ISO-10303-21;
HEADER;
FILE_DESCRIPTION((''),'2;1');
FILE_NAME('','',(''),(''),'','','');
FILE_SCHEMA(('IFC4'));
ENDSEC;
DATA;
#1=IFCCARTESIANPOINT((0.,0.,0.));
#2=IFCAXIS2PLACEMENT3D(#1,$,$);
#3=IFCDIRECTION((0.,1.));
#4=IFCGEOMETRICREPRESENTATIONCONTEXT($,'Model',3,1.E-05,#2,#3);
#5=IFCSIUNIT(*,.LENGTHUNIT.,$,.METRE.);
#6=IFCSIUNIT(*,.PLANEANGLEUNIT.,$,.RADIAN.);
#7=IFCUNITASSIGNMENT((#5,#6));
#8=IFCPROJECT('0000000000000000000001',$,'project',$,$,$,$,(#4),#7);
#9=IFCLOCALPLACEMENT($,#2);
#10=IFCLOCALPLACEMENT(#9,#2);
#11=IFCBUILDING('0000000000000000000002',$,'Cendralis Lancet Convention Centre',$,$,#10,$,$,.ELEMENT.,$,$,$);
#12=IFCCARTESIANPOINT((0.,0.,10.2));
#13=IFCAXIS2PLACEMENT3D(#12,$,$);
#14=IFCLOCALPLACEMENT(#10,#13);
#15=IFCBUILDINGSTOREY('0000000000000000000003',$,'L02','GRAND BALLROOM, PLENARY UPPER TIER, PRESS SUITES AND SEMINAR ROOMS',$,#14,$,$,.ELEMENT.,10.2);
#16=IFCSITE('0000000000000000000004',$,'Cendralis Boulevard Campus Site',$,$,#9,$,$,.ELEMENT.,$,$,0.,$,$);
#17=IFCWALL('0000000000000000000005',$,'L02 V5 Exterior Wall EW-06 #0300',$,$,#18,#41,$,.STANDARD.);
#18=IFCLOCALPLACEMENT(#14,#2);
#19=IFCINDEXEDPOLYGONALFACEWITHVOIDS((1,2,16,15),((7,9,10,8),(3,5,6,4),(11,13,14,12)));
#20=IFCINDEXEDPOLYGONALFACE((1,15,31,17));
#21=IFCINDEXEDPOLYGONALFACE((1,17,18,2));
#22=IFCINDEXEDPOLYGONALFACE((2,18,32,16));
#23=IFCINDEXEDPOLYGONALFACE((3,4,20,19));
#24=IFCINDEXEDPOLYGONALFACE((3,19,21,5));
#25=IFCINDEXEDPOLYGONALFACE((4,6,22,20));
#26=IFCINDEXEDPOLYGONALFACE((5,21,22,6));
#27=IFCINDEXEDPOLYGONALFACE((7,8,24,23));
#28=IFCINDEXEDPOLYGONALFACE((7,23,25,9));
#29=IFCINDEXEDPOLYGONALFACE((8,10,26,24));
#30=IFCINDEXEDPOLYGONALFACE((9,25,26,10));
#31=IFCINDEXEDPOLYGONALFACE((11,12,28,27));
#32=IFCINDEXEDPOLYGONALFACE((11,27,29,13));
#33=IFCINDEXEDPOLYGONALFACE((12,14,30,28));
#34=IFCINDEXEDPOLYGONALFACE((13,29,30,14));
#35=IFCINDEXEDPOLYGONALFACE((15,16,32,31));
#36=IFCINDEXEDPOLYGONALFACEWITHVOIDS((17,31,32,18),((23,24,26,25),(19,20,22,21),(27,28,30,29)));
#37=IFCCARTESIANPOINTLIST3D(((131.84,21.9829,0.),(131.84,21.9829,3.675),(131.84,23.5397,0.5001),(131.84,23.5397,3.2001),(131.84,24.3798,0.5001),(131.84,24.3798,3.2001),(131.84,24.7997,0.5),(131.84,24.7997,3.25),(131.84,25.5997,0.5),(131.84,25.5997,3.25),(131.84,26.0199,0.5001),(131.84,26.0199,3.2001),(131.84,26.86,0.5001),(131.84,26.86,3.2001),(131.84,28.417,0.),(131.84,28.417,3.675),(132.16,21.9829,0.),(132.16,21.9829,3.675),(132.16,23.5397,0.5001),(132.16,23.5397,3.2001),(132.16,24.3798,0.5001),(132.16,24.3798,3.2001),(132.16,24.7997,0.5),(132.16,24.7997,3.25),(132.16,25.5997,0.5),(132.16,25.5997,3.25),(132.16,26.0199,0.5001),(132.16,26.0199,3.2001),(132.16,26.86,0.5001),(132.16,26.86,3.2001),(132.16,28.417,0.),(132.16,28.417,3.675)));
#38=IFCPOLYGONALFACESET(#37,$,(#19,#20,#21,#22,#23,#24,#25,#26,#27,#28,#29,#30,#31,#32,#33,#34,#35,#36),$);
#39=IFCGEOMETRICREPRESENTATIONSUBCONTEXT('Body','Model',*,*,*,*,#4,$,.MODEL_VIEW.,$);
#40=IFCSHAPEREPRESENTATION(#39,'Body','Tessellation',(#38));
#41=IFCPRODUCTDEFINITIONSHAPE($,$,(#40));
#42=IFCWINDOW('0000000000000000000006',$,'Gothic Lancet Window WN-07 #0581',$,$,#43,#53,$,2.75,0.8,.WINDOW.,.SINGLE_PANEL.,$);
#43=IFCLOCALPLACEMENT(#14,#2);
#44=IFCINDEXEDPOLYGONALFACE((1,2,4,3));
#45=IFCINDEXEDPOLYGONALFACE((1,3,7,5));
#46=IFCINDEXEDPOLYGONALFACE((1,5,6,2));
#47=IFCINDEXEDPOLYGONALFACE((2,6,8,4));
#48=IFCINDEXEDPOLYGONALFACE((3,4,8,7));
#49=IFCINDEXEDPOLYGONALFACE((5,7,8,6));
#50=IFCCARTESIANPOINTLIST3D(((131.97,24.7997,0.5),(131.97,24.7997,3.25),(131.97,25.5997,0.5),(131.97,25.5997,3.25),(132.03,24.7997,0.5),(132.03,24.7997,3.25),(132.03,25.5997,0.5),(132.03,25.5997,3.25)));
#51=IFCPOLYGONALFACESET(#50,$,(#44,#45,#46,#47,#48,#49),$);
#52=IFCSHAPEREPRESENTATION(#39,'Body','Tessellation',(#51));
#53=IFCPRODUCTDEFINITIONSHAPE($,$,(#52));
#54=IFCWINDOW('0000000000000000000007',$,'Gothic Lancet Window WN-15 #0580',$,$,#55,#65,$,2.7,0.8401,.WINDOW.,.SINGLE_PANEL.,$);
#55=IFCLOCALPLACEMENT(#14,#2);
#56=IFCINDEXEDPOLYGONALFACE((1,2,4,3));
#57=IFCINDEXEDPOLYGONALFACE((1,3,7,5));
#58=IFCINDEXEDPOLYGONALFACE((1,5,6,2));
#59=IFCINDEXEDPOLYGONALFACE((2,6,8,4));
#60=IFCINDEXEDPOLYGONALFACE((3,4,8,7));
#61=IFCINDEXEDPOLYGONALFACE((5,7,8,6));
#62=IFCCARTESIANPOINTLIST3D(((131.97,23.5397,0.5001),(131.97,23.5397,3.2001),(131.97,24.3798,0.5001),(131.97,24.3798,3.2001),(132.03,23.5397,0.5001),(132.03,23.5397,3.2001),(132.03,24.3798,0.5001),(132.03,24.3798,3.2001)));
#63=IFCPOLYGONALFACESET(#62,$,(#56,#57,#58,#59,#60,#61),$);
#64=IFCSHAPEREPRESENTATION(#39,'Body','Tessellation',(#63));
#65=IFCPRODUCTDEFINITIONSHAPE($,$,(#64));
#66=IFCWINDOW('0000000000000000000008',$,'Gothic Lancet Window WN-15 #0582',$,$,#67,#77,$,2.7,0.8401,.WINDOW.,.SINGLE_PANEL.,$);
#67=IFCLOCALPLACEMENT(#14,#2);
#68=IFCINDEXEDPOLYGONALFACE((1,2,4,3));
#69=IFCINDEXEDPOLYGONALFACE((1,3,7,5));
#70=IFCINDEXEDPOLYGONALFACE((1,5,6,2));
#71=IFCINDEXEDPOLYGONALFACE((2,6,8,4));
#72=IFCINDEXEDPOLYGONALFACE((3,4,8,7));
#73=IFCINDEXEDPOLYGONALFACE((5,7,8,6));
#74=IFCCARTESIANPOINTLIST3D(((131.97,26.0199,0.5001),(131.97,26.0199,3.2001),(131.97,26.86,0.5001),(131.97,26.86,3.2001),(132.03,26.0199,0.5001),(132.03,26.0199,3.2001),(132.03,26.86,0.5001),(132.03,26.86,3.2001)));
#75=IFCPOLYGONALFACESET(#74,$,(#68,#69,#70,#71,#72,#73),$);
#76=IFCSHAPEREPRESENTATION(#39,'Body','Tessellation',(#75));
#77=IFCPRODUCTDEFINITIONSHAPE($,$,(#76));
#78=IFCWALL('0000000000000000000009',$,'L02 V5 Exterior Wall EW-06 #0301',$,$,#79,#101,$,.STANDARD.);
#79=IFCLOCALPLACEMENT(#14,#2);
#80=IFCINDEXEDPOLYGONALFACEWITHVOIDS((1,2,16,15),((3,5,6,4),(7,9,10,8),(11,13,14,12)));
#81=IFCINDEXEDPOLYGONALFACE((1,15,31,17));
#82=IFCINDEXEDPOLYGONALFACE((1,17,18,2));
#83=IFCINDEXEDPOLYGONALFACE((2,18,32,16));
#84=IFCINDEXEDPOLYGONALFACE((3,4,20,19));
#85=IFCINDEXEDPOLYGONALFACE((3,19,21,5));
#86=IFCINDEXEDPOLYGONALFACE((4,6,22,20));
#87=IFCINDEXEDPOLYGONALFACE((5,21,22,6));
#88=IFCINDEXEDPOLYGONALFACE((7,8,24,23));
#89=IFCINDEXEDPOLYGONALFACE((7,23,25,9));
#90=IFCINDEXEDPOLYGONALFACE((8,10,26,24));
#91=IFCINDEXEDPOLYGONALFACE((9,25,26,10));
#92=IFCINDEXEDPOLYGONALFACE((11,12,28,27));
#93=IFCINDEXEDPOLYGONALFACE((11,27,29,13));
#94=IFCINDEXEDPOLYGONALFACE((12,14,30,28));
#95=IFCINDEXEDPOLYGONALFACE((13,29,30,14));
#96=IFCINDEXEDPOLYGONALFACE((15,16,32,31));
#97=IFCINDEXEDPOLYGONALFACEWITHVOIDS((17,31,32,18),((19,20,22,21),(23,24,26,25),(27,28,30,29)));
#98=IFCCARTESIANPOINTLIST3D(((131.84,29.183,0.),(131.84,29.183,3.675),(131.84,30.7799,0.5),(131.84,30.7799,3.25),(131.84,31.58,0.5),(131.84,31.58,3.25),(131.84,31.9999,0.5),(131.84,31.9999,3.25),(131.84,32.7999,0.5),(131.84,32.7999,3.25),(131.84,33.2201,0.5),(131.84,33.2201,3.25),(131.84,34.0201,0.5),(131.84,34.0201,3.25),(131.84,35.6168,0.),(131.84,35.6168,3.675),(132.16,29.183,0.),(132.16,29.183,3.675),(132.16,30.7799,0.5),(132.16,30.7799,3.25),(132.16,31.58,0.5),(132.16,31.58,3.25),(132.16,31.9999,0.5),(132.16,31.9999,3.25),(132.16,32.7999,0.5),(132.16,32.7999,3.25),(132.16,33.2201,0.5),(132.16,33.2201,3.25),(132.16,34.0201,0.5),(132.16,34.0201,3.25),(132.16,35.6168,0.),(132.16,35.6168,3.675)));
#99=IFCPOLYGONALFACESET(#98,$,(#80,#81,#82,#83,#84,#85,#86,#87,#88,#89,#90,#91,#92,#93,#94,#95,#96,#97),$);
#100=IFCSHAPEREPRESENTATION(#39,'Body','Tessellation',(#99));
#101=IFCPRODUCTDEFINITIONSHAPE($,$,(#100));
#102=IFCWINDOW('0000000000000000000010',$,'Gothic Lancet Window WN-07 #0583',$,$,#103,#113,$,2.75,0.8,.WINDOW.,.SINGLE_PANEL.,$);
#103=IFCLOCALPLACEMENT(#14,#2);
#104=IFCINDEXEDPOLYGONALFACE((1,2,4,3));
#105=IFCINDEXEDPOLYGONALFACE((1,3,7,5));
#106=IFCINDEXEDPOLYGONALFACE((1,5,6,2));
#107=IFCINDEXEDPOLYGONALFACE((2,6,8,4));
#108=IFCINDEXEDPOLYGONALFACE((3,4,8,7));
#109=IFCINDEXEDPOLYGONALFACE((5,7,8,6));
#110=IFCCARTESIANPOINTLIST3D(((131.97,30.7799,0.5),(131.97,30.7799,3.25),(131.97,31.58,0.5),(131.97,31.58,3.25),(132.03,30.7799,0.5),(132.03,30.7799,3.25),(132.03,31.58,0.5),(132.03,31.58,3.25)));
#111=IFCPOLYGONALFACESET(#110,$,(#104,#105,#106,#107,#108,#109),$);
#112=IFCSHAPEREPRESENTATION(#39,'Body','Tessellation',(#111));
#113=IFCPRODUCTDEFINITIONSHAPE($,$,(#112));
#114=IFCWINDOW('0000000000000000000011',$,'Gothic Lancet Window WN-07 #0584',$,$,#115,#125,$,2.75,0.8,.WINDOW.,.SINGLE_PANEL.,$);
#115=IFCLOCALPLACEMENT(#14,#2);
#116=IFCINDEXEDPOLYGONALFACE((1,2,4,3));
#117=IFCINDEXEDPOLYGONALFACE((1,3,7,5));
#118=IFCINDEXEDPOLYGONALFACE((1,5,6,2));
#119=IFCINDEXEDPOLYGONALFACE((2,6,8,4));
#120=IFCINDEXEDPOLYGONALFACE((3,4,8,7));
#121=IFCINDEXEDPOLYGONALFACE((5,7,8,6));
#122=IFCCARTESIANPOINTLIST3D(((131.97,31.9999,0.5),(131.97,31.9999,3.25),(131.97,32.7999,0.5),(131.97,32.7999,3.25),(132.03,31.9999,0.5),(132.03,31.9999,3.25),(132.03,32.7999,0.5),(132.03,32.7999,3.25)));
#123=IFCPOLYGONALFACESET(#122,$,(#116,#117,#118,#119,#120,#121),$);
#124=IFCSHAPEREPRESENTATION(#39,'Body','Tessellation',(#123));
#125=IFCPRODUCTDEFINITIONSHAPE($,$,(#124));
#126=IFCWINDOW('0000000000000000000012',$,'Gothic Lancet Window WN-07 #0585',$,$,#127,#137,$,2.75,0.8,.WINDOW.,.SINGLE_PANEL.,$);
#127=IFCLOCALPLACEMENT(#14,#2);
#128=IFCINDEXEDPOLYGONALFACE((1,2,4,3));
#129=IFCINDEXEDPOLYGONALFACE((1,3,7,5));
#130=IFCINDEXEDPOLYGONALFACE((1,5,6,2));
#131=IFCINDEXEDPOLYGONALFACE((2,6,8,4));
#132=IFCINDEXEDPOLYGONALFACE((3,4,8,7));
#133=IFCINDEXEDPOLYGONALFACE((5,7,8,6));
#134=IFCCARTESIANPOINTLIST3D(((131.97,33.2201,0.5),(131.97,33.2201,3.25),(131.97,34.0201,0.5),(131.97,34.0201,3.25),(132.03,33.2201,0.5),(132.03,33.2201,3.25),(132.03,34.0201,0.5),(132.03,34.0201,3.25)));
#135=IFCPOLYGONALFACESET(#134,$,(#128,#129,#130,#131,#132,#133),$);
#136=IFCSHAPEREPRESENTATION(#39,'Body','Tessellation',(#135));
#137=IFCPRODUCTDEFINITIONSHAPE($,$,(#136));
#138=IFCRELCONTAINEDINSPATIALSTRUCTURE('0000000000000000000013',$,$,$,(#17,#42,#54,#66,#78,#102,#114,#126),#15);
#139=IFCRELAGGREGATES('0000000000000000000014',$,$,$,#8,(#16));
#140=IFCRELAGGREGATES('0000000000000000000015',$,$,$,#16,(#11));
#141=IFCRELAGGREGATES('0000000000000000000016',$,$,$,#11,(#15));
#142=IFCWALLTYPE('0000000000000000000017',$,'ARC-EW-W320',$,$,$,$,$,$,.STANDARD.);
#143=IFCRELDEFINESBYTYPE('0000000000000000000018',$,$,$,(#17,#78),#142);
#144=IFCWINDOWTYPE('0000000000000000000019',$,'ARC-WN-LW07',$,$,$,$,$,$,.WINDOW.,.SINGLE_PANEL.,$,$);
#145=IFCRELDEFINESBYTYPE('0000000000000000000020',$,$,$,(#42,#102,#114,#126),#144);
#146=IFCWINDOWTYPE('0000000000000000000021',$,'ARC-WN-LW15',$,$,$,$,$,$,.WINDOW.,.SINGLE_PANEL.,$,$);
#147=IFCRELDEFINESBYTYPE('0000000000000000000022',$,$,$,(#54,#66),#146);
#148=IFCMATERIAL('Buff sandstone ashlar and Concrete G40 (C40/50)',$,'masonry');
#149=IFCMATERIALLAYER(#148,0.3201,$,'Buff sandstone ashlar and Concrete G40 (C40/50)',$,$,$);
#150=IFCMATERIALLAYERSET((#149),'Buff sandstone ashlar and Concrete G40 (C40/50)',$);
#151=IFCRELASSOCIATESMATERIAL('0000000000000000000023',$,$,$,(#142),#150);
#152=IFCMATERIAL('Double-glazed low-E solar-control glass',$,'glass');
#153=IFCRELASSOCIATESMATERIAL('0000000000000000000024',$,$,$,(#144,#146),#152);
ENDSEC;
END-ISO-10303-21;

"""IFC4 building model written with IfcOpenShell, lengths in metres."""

from ifc_helpers import new_model, si_unit, direction, frame, frame_2d, origin, place, context, subcontext, project, spatial, rectangle, extrude, material, layer, layer_set, type_object, element, fill, save


model = new_model("IFC4")

# Units and contexts
model_context = context("Model", 3, precision=1e-05, world=origin(), true_north=direction((0.0, 1.0)))
body_context = subcontext(model_context, "Body", "Model", "MODEL_VIEW")
ifc_project = project(units=[si_unit("LENGTHUNIT", "METRE"), si_unit("PLANEANGLEUNIT", "RADIAN")], contexts=[model_context])

# Site, building, storey
site_placement = place(None, origin())
site = spatial("IfcSite", under=ifc_project, at=site_placement, Name="Cendralis Boulevard Campus Site", CompositionType="ELEMENT", RefElevation=0.0)
building_placement = place(site_placement, origin())
building = spatial("IfcBuilding", under=site, at=building_placement, Name="Cendralis Lancet Convention Centre", CompositionType="ELEMENT")
storey_placement = place(building_placement, frame((0.0, 0.0, 10.2)))
storey = spatial("IfcBuildingStorey", under=building, at=storey_placement, Name="L02", Description="GRAND BALLROOM, PLENARY UPPER TIER, PRESS SUITES AND SEMINAR ROOMS", CompositionType="ELEMENT", Elevation=10.2)

# Shared definitions
ifc_material_1 = material(Name="Double-glazed low-E solar-control glass", Category="glass")

# Shared definitions
ifc_material_2 = material(Name="Buff sandstone ashlar and Concrete G40 (C40/50)", Category="masonry")
ifc_layer_1 = layer(ifc_material_2, 0.3201, Name="Buff sandstone ashlar and Concrete G40 (C40/50)")
ifc_layer_set_1 = layer_set([ifc_layer_1], Name="Buff sandstone ashlar and Concrete G40 (C40/50)")
wall_type_1 = type_object("IfcWallType", Name="ARC-EW-W320", PredefinedType="STANDARD", material=ifc_layer_set_1)

# Walls, openings, windows
wall_1_placement = place(storey_placement, frame((132.0, 21.9829, 0.0), z_axis=(0.0, 0.0, 1.0), x_axis=(0.0, 1.0, 0.0)))
wall_1 = element("IfcWall", 1, at=wall_1_placement, inside=storey, type_object=wall_type_1, Name="L02 V5 Exterior Wall EW-06 #0300", PredefinedType="STANDARD", context=body_context, shape_type="SweptSolid", body=[
    extrude(rectangle(XDim=6.4341, YDim=0.3201, at=frame_2d((3.217, 0.0))), origin(), (0.0, 0.0, 1.0), 3.675),
])
opening_1_placement = place(wall_1_placement, frame((1.5569, 0.0, 0.5)))
opening_1 = element("IfcOpeningElement", 2, at=opening_1_placement, cuts=wall_1, PredefinedType="OPENING", context=body_context, shape_type="SweptSolid", body=[
    extrude(rectangle(XDim=0.8401, YDim=2.7, at=frame_2d((0.4199, 1.3501))), frame((0.0, 0.1699, 0.0), z_axis=(0.0, -1.0, 0.0), x_axis=(1.0, 0.0, 0.0)), (0.0, 0.0, 1.0), 0.3401),
])
opening_2_placement = place(wall_1_placement, frame((2.8169, 0.0, 0.5)))
opening_2 = element("IfcOpeningElement", 3, at=opening_2_placement, cuts=wall_1, PredefinedType="OPENING", context=body_context, shape_type="SweptSolid", body=[
    extrude(rectangle(XDim=0.8, YDim=2.75, at=frame_2d((0.3999, 1.375))), frame((0.0, 0.1699, 0.0), z_axis=(0.0, -1.0, 0.0), x_axis=(1.0, 0.0, 0.0)), (0.0, 0.0, 1.0), 0.3401),
])
opening_3_placement = place(wall_1_placement, frame((4.0371, 0.0, 0.5)))
opening_3 = element("IfcOpeningElement", 4, at=opening_3_placement, cuts=wall_1, PredefinedType="OPENING", context=body_context, shape_type="SweptSolid", body=[
    extrude(rectangle(XDim=0.8401, YDim=2.7, at=frame_2d((0.4199, 1.3501))), frame((0.0, 0.1699, 0.0), z_axis=(0.0, -1.0, 0.0), x_axis=(1.0, 0.0, 0.0)), (0.0, 0.0, 1.0), 0.3401),
])
window_type_1 = type_object("IfcWindowType", Name="ARC-WN-LW07", PartitioningType="SINGLE_PANEL", PredefinedType="WINDOW", material=ifc_material_1)
window_1_placement = place(opening_2_placement, origin())
window_1 = element("IfcWindow", 5, at=window_1_placement, inside=storey, type_object=window_type_1, Name="Gothic Lancet Window WN-07 #0581", OverallHeight=2.75, OverallWidth=0.8, PartitioningType="SINGLE_PANEL", PredefinedType="WINDOW", context=body_context, shape_type="SweptSolid", body=[
    extrude(rectangle(XDim=0.8, YDim=2.75, at=frame_2d((0.3999, 1.375))), frame((0.0, 0.03, 0.0), z_axis=(0.0, -1.0, 0.0), x_axis=(1.0, 0.0, 0.0)), (0.0, 0.0, 1.0), 0.0601),
])
fill(opening_2, window_1)
window_type_2 = type_object("IfcWindowType", Name="ARC-WN-LW15", PartitioningType="SINGLE_PANEL", PredefinedType="WINDOW", material=ifc_material_1)
window_2_placement = place(opening_1_placement, origin())
window_2 = element("IfcWindow", 6, at=window_2_placement, inside=storey, type_object=window_type_2, Name="Gothic Lancet Window WN-15 #0580", OverallHeight=2.7, OverallWidth=0.8401, PartitioningType="SINGLE_PANEL", PredefinedType="WINDOW", context=body_context, shape_type="SweptSolid", body=[
    extrude(rectangle(XDim=0.8401, YDim=2.7, at=frame_2d((0.4199, 1.3501))), frame((0.0, 0.03, 0.0), z_axis=(0.0, -1.0, 0.0), x_axis=(1.0, 0.0, 0.0)), (0.0, 0.0, 1.0), 0.0601),
])
fill(opening_1, window_2)
window_3_placement = place(opening_3_placement, origin())
window_3 = element("IfcWindow", 7, at=window_3_placement, inside=storey, type_object=window_type_2, Name="Gothic Lancet Window WN-15 #0582", OverallHeight=2.7, OverallWidth=0.8401, PartitioningType="SINGLE_PANEL", PredefinedType="WINDOW", context=body_context, shape_type="SweptSolid", body=[
    extrude(rectangle(XDim=0.8401, YDim=2.7, at=frame_2d((0.4199, 1.3501))), frame((0.0, 0.03, 0.0), z_axis=(0.0, -1.0, 0.0), x_axis=(1.0, 0.0, 0.0)), (0.0, 0.0, 1.0), 0.0601),
])
fill(opening_3, window_3)
wall_2_placement = place(storey_placement, frame((132.0, 29.1831, 0.0), z_axis=(0.0, 0.0, 1.0), x_axis=(0.0, 1.0, 0.0)))
wall_2 = element("IfcWall", 8, at=wall_2_placement, inside=storey, type_object=wall_type_1, Name="L02 V5 Exterior Wall EW-06 #0301", PredefinedType="STANDARD", context=body_context, shape_type="SweptSolid", body=[
    extrude(rectangle(XDim=6.4338, YDim=0.3201, at=frame_2d((3.2168, 0.0))), origin(), (0.0, 0.0, 1.0), 3.675),
])
opening_4_placement = place(wall_2_placement, frame((1.5969, 0.0, 0.5)))
opening_4 = element("IfcOpeningElement", 9, at=opening_4_placement, cuts=wall_2, PredefinedType="OPENING", context=body_context, shape_type="SweptSolid", body=[
    extrude(rectangle(XDim=0.8, YDim=2.75, at=frame_2d((0.3999, 1.375))), frame((0.0, 0.1699, 0.0), z_axis=(0.0, -1.0, 0.0), x_axis=(1.0, 0.0, 0.0)), (0.0, 0.0, 1.0), 0.3401),
])
opening_5_placement = place(wall_2_placement, frame((2.8169, 0.0, 0.5)))
opening_5 = element("IfcOpeningElement", 10, at=opening_5_placement, cuts=wall_2, PredefinedType="OPENING", context=body_context, shape_type="SweptSolid", body=[
    extrude(rectangle(XDim=0.8, YDim=2.75, at=frame_2d((0.3999, 1.375))), frame((0.0, 0.1699, 0.0), z_axis=(0.0, -1.0, 0.0), x_axis=(1.0, 0.0, 0.0)), (0.0, 0.0, 1.0), 0.3401),
])
opening_6_placement = place(wall_2_placement, frame((4.0371, 0.0, 0.5)))
opening_6 = element("IfcOpeningElement", 11, at=opening_6_placement, cuts=wall_2, PredefinedType="OPENING", context=body_context, shape_type="SweptSolid", body=[
    extrude(rectangle(XDim=0.8, YDim=2.75, at=frame_2d((0.3999, 1.375))), frame((0.0, 0.1699, 0.0), z_axis=(0.0, -1.0, 0.0), x_axis=(1.0, 0.0, 0.0)), (0.0, 0.0, 1.0), 0.3401),
])
window_4_placement = place(opening_4_placement, origin())
window_4 = element("IfcWindow", 12, at=window_4_placement, inside=storey, type_object=window_type_1, Name="Gothic Lancet Window WN-07 #0583", OverallHeight=2.75, OverallWidth=0.8, PartitioningType="SINGLE_PANEL", PredefinedType="WINDOW", context=body_context, shape_type="SweptSolid", body=[
    extrude(rectangle(XDim=0.8, YDim=2.75, at=frame_2d((0.3999, 1.375))), frame((0.0, 0.03, 0.0), z_axis=(0.0, -1.0, 0.0), x_axis=(1.0, 0.0, 0.0)), (0.0, 0.0, 1.0), 0.0601),
])
fill(opening_4, window_4)
window_5_placement = place(opening_5_placement, origin())
window_5 = element("IfcWindow", 13, at=window_5_placement, inside=storey, type_object=window_type_1, Name="Gothic Lancet Window WN-07 #0584", OverallHeight=2.75, OverallWidth=0.8, PartitioningType="SINGLE_PANEL", PredefinedType="WINDOW", context=body_context, shape_type="SweptSolid", body=[
    extrude(rectangle(XDim=0.8, YDim=2.75, at=frame_2d((0.3999, 1.375))), frame((0.0, 0.03, 0.0), z_axis=(0.0, -1.0, 0.0), x_axis=(1.0, 0.0, 0.0)), (0.0, 0.0, 1.0), 0.0601),
])
fill(opening_5, window_5)
window_6_placement = place(opening_6_placement, origin())
window_6 = element("IfcWindow", 14, at=window_6_placement, inside=storey, type_object=window_type_1, Name="Gothic Lancet Window WN-07 #0585", OverallHeight=2.75, OverallWidth=0.8, PartitioningType="SINGLE_PANEL", PredefinedType="WINDOW", context=body_context, shape_type="SweptSolid", body=[
    extrude(rectangle(XDim=0.8, YDim=2.75, at=frame_2d((0.3999, 1.375))), frame((0.0, 0.03, 0.0), z_axis=(0.0, -1.0, 0.0), x_axis=(1.0, 0.0, 0.0)), (0.0, 0.0, 1.0), 0.0601),
])
fill(opening_6, window_6)

save(model, "model.ifc")
